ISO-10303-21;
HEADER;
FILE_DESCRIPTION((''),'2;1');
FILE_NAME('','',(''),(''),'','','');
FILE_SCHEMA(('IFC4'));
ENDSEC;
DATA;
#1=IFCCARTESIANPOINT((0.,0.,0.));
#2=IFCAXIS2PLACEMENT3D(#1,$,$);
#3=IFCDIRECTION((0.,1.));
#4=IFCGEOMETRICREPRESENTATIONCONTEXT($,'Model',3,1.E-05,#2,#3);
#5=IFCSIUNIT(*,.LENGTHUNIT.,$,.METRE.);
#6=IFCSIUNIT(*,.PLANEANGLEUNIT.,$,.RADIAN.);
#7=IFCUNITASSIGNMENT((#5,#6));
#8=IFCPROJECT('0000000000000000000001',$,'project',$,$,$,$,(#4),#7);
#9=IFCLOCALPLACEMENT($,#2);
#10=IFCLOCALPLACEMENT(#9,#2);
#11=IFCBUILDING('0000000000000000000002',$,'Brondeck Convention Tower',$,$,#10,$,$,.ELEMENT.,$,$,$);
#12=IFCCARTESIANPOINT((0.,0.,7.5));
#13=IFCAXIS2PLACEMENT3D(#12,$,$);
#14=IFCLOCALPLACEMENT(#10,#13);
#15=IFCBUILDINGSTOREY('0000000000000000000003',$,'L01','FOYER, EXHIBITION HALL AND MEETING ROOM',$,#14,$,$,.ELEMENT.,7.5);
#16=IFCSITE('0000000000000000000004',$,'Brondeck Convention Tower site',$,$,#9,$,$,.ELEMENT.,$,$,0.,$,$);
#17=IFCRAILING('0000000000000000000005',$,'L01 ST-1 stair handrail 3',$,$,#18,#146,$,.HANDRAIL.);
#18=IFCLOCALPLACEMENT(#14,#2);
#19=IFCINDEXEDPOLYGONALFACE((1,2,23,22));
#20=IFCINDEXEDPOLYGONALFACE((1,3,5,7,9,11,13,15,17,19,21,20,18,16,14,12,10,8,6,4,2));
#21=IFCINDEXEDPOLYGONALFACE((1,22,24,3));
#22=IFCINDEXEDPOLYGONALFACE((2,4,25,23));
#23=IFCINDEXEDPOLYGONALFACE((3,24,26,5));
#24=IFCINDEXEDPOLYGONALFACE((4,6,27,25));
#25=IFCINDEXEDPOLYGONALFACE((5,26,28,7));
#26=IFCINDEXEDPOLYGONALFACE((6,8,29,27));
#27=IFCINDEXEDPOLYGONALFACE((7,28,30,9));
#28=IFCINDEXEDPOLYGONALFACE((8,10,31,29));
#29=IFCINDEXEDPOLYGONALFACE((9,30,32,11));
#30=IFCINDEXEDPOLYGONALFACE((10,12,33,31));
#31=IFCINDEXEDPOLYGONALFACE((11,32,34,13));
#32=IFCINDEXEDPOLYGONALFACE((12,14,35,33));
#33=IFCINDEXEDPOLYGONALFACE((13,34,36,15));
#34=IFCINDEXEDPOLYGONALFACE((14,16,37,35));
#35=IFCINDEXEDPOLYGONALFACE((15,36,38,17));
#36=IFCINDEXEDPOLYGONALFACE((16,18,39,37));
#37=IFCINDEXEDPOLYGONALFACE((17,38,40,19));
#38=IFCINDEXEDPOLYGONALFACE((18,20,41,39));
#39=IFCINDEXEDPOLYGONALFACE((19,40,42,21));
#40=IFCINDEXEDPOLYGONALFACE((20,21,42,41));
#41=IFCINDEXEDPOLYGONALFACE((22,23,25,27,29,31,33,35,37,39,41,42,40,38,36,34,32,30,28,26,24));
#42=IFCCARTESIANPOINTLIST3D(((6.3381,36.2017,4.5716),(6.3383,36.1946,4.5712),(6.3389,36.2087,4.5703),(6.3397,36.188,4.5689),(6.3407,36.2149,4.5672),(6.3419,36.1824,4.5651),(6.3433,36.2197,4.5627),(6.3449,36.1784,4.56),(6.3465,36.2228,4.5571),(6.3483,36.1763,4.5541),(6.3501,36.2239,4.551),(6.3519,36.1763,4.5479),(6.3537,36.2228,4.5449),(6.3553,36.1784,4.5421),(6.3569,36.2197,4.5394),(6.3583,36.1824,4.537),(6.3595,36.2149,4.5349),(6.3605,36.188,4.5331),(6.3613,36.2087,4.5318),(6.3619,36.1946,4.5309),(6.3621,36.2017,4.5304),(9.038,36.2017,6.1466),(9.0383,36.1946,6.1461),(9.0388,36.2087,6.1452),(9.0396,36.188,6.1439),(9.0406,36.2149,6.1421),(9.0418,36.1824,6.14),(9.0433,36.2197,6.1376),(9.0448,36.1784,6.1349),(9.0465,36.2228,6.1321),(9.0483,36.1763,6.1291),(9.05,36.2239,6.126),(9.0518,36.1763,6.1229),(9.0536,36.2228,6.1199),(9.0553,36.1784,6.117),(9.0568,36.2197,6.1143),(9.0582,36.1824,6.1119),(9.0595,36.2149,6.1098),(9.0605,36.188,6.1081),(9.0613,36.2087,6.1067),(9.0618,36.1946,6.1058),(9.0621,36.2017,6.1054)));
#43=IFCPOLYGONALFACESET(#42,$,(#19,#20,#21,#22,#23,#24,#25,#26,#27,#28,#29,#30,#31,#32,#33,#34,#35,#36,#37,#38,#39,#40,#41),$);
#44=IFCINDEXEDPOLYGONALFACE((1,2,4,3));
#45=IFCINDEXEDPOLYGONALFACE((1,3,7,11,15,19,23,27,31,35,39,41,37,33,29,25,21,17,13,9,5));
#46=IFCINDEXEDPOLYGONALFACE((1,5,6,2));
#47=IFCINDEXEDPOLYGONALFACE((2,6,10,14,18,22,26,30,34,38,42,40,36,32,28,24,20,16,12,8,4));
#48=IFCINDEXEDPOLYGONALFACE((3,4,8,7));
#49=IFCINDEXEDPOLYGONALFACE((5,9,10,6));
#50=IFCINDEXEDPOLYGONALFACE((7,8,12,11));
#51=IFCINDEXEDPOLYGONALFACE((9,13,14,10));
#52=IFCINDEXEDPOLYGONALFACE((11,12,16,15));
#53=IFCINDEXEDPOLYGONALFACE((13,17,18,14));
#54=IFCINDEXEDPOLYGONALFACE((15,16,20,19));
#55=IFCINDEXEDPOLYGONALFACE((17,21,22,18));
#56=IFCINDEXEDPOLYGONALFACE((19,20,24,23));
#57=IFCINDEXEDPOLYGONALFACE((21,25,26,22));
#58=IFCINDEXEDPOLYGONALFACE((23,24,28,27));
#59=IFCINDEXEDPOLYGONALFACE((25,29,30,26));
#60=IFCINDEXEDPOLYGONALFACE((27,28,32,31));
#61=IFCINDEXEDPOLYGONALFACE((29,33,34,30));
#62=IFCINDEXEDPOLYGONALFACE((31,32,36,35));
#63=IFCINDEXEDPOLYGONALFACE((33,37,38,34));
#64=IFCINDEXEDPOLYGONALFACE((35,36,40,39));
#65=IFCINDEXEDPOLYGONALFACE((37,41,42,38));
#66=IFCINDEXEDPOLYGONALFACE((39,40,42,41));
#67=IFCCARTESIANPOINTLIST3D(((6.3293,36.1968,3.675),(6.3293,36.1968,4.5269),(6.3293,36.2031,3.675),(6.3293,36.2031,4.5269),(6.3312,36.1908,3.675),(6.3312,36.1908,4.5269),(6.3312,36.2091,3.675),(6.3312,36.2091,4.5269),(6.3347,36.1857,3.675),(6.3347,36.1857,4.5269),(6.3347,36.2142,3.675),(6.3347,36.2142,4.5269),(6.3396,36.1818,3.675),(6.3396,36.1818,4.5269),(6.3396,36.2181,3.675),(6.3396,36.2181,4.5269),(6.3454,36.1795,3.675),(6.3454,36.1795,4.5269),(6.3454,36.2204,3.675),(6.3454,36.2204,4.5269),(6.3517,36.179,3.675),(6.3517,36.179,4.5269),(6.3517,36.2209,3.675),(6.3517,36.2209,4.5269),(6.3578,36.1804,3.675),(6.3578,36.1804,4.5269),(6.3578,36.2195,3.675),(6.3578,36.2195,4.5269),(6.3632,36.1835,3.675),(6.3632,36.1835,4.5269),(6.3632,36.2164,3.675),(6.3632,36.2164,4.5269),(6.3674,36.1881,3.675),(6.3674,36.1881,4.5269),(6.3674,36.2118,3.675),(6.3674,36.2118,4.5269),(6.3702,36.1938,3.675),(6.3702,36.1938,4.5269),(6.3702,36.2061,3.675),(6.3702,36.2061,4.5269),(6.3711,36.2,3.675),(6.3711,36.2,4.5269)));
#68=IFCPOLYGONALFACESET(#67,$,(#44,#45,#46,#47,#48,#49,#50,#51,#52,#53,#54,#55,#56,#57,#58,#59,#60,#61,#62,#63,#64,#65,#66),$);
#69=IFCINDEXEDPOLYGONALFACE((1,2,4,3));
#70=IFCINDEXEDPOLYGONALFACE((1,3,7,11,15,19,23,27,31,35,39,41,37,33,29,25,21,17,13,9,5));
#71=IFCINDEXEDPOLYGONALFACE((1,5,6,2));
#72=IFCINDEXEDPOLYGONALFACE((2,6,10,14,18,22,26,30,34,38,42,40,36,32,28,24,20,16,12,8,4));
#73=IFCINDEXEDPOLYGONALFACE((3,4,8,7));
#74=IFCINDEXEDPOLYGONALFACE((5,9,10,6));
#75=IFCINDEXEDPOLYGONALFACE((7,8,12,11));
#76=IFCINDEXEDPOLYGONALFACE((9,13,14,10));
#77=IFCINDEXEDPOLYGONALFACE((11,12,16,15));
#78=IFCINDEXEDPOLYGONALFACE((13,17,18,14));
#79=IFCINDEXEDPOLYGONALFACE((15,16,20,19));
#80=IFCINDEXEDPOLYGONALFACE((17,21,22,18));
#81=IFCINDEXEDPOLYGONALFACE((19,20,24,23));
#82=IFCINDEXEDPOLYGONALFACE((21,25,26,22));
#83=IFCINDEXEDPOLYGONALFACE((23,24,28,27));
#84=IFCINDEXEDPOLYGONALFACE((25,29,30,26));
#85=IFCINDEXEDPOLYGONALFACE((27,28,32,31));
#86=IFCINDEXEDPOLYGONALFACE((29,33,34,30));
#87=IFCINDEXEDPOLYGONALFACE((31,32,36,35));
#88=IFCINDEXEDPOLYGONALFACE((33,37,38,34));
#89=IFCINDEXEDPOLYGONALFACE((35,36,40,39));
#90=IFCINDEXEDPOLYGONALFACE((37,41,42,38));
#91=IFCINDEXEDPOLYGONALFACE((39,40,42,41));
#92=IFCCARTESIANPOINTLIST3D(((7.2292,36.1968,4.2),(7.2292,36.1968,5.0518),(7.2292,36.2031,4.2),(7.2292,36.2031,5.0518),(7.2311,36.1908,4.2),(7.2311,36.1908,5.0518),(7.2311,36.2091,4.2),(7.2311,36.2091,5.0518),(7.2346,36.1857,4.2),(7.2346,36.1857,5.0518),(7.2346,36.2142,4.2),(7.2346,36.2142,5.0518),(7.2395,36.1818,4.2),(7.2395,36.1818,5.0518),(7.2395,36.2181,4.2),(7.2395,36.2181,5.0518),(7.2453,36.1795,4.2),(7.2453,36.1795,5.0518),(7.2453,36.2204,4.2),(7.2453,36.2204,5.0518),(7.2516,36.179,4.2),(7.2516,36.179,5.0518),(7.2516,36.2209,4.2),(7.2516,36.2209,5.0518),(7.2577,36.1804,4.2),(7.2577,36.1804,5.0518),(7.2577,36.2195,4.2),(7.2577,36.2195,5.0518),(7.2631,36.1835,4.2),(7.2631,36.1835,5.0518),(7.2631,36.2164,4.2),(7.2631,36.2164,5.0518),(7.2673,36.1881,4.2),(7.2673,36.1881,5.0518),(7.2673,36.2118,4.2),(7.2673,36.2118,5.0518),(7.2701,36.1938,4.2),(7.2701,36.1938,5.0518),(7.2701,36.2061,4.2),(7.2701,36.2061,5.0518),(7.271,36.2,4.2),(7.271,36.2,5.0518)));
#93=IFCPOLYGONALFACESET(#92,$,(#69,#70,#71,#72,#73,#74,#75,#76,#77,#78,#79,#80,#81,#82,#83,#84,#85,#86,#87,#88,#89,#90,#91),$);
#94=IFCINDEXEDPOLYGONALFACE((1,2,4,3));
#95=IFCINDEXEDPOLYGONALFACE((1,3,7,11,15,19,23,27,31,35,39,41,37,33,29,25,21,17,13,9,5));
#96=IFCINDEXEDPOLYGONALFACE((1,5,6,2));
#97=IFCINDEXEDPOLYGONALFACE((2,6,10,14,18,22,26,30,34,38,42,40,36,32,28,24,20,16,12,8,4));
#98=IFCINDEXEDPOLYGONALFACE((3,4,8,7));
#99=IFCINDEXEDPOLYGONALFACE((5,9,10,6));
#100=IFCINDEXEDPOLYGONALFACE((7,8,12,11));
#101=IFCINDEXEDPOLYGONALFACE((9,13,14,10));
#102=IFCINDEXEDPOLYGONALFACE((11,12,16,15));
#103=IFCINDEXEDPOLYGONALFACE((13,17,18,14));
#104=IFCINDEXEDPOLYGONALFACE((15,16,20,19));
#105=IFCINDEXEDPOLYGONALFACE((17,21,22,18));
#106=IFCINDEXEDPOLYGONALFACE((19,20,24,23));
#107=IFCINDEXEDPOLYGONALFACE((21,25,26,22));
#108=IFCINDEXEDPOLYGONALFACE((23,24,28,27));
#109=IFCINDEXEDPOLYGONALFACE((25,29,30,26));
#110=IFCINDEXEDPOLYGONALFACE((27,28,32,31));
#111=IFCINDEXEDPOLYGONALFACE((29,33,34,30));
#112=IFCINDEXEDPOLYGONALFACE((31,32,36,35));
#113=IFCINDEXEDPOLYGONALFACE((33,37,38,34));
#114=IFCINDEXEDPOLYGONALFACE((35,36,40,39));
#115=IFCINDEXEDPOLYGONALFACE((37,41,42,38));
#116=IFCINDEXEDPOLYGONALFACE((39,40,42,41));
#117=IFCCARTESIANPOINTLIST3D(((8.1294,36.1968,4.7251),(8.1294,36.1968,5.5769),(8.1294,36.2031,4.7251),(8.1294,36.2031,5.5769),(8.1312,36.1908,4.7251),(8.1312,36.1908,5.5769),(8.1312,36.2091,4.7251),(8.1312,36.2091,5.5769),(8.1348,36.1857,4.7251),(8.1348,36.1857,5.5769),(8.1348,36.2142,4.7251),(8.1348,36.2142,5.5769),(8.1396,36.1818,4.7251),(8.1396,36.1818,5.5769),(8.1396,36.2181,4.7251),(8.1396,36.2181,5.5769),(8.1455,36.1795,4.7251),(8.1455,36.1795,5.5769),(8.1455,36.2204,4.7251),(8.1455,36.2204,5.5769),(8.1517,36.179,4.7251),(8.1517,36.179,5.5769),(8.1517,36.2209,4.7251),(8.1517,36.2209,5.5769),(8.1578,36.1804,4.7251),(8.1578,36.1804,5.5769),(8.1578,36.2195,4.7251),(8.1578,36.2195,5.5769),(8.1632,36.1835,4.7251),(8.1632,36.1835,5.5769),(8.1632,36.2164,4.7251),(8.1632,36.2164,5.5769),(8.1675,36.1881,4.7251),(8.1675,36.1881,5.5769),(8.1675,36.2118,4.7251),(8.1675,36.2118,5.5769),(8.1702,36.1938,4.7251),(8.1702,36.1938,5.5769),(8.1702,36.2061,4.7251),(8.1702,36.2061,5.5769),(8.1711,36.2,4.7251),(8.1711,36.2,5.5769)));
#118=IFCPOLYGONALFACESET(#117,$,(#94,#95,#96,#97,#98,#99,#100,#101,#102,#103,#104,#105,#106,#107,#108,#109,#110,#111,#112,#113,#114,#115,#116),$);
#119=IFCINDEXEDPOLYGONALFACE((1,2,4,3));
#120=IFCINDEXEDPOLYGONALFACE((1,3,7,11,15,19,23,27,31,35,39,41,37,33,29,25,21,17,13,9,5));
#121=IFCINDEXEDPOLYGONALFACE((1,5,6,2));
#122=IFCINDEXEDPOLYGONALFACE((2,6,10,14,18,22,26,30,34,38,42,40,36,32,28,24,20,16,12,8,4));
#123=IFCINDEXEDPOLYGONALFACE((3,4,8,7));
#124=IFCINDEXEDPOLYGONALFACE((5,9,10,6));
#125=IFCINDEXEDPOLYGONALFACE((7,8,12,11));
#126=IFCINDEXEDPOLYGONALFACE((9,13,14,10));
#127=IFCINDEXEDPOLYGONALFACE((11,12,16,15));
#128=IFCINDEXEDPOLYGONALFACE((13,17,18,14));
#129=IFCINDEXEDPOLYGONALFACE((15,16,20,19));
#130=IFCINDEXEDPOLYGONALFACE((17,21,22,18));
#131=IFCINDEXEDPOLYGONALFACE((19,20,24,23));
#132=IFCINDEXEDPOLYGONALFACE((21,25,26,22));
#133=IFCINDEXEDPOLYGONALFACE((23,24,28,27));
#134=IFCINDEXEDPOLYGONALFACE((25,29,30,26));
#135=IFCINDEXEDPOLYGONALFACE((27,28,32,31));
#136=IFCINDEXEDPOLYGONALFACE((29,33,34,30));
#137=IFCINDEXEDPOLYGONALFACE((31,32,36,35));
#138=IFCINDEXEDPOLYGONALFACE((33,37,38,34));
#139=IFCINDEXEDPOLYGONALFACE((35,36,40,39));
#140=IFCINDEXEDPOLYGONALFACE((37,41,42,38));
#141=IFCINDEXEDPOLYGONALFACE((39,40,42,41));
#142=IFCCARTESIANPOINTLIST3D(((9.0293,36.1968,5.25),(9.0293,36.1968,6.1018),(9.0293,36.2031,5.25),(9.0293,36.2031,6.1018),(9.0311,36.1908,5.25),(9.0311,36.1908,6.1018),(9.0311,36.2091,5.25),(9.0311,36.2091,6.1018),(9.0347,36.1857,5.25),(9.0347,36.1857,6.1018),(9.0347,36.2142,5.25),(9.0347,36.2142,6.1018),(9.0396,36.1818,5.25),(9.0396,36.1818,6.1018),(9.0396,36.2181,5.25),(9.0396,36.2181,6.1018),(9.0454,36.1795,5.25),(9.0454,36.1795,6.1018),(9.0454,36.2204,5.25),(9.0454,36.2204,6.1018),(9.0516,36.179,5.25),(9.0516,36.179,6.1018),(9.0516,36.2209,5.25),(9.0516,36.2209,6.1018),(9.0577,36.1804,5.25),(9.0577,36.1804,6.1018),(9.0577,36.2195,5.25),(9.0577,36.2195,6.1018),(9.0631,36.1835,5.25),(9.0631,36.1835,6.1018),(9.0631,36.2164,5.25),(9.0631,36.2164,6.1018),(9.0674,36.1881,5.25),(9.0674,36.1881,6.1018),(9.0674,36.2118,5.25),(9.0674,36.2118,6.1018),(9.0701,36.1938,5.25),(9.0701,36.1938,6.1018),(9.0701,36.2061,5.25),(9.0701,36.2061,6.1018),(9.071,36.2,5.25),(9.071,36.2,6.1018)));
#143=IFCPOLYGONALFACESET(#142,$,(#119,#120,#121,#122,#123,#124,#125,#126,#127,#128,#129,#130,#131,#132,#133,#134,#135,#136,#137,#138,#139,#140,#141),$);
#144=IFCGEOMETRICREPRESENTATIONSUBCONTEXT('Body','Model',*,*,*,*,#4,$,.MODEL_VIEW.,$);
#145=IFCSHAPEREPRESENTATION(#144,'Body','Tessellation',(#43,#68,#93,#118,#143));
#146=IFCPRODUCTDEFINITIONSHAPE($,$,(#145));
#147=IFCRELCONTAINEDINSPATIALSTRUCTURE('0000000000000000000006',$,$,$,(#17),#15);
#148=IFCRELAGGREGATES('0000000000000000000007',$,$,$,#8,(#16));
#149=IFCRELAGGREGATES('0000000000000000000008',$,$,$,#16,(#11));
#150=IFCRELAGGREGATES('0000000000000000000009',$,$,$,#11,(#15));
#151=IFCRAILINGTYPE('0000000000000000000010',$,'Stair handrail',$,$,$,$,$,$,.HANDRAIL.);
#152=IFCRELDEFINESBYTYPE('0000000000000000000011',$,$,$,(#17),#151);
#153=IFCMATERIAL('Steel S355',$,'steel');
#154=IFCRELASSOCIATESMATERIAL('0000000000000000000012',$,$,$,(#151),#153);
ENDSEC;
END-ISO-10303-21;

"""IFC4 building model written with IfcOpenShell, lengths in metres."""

from ifc_helpers import new_model, si_unit, direction, frame, origin, origin_2d, place, context, subcontext, project, spatial, circle, extrude, material, type_object, element, save


model = new_model("IFC4")

# Units and contexts
model_context = context("Model", 3, precision=1e-05, world=origin(), true_north=direction((0.0, 1.0)))
body_context = subcontext(model_context, "Body", "Model", "MODEL_VIEW")
ifc_project = project(units=[si_unit("LENGTHUNIT", "METRE"), si_unit("PLANEANGLEUNIT", "RADIAN")], contexts=[model_context])

# Site, building, storey
site_placement = place(None, origin())
site = spatial("IfcSite", under=ifc_project, at=site_placement, Name="Brondeck Convention Tower site", CompositionType="ELEMENT", RefElevation=0.0)
building_placement = place(site_placement, origin())
building = spatial("IfcBuilding", under=site, at=building_placement, Name="Brondeck Convention Tower", CompositionType="ELEMENT")
storey_placement = place(building_placement, frame((0.0, 0.0, 7.5)))
storey = spatial("IfcBuildingStorey", under=building, at=storey_placement, Name="L01", Description="FOYER, EXHIBITION HALL AND MEETING ROOM", CompositionType="ELEMENT", Elevation=7.5)

# Shared definitions
ifc_material_1 = material(Name="Steel S355", Category="steel")

# Railing
railing_type = type_object("IfcRailingType", Name="Stair handrail", PredefinedType="HANDRAIL", material=ifc_material_1)
for number, where, name in (
    (1, (6.3501, 36.2, 3.675), "L01 ST-1 stair handrail 3"),
):
    element("IfcRailing", number, at=place(storey_placement, frame(where)), inside=storey, type_object=railing_type, Name=name, PredefinedType="HANDRAIL", context=body_context, shape_type="SweptSolid", body=[
        extrude(circle(Radius=0.0239, at=origin_2d()), frame((0.0, 0.0, 0.876), z_axis=(0.863782, 0.0, 0.503866), x_axis=(0.0, 1.0, 0.0)), (0.0, 0.0, 1.0), 3.1257),
        extrude(circle(Radius=0.021, at=origin_2d()), origin(), (0.0, 0.0, 1.0), 0.8518),
        extrude(circle(Radius=0.021, at=origin_2d()), frame((0.8999, 0.0, 0.5249)), (0.0, 0.0, 1.0), 0.8518),
        extrude(circle(Radius=0.021, at=origin_2d()), frame((1.8, 0.0, 1.05)), (0.0, 0.0, 1.0), 0.8518),
        extrude(circle(Radius=0.021, at=origin_2d()), frame((2.7, 0.0, 1.575)), (0.0, 0.0, 1.0), 0.8518),
    ])

save(model, "model.ifc")
